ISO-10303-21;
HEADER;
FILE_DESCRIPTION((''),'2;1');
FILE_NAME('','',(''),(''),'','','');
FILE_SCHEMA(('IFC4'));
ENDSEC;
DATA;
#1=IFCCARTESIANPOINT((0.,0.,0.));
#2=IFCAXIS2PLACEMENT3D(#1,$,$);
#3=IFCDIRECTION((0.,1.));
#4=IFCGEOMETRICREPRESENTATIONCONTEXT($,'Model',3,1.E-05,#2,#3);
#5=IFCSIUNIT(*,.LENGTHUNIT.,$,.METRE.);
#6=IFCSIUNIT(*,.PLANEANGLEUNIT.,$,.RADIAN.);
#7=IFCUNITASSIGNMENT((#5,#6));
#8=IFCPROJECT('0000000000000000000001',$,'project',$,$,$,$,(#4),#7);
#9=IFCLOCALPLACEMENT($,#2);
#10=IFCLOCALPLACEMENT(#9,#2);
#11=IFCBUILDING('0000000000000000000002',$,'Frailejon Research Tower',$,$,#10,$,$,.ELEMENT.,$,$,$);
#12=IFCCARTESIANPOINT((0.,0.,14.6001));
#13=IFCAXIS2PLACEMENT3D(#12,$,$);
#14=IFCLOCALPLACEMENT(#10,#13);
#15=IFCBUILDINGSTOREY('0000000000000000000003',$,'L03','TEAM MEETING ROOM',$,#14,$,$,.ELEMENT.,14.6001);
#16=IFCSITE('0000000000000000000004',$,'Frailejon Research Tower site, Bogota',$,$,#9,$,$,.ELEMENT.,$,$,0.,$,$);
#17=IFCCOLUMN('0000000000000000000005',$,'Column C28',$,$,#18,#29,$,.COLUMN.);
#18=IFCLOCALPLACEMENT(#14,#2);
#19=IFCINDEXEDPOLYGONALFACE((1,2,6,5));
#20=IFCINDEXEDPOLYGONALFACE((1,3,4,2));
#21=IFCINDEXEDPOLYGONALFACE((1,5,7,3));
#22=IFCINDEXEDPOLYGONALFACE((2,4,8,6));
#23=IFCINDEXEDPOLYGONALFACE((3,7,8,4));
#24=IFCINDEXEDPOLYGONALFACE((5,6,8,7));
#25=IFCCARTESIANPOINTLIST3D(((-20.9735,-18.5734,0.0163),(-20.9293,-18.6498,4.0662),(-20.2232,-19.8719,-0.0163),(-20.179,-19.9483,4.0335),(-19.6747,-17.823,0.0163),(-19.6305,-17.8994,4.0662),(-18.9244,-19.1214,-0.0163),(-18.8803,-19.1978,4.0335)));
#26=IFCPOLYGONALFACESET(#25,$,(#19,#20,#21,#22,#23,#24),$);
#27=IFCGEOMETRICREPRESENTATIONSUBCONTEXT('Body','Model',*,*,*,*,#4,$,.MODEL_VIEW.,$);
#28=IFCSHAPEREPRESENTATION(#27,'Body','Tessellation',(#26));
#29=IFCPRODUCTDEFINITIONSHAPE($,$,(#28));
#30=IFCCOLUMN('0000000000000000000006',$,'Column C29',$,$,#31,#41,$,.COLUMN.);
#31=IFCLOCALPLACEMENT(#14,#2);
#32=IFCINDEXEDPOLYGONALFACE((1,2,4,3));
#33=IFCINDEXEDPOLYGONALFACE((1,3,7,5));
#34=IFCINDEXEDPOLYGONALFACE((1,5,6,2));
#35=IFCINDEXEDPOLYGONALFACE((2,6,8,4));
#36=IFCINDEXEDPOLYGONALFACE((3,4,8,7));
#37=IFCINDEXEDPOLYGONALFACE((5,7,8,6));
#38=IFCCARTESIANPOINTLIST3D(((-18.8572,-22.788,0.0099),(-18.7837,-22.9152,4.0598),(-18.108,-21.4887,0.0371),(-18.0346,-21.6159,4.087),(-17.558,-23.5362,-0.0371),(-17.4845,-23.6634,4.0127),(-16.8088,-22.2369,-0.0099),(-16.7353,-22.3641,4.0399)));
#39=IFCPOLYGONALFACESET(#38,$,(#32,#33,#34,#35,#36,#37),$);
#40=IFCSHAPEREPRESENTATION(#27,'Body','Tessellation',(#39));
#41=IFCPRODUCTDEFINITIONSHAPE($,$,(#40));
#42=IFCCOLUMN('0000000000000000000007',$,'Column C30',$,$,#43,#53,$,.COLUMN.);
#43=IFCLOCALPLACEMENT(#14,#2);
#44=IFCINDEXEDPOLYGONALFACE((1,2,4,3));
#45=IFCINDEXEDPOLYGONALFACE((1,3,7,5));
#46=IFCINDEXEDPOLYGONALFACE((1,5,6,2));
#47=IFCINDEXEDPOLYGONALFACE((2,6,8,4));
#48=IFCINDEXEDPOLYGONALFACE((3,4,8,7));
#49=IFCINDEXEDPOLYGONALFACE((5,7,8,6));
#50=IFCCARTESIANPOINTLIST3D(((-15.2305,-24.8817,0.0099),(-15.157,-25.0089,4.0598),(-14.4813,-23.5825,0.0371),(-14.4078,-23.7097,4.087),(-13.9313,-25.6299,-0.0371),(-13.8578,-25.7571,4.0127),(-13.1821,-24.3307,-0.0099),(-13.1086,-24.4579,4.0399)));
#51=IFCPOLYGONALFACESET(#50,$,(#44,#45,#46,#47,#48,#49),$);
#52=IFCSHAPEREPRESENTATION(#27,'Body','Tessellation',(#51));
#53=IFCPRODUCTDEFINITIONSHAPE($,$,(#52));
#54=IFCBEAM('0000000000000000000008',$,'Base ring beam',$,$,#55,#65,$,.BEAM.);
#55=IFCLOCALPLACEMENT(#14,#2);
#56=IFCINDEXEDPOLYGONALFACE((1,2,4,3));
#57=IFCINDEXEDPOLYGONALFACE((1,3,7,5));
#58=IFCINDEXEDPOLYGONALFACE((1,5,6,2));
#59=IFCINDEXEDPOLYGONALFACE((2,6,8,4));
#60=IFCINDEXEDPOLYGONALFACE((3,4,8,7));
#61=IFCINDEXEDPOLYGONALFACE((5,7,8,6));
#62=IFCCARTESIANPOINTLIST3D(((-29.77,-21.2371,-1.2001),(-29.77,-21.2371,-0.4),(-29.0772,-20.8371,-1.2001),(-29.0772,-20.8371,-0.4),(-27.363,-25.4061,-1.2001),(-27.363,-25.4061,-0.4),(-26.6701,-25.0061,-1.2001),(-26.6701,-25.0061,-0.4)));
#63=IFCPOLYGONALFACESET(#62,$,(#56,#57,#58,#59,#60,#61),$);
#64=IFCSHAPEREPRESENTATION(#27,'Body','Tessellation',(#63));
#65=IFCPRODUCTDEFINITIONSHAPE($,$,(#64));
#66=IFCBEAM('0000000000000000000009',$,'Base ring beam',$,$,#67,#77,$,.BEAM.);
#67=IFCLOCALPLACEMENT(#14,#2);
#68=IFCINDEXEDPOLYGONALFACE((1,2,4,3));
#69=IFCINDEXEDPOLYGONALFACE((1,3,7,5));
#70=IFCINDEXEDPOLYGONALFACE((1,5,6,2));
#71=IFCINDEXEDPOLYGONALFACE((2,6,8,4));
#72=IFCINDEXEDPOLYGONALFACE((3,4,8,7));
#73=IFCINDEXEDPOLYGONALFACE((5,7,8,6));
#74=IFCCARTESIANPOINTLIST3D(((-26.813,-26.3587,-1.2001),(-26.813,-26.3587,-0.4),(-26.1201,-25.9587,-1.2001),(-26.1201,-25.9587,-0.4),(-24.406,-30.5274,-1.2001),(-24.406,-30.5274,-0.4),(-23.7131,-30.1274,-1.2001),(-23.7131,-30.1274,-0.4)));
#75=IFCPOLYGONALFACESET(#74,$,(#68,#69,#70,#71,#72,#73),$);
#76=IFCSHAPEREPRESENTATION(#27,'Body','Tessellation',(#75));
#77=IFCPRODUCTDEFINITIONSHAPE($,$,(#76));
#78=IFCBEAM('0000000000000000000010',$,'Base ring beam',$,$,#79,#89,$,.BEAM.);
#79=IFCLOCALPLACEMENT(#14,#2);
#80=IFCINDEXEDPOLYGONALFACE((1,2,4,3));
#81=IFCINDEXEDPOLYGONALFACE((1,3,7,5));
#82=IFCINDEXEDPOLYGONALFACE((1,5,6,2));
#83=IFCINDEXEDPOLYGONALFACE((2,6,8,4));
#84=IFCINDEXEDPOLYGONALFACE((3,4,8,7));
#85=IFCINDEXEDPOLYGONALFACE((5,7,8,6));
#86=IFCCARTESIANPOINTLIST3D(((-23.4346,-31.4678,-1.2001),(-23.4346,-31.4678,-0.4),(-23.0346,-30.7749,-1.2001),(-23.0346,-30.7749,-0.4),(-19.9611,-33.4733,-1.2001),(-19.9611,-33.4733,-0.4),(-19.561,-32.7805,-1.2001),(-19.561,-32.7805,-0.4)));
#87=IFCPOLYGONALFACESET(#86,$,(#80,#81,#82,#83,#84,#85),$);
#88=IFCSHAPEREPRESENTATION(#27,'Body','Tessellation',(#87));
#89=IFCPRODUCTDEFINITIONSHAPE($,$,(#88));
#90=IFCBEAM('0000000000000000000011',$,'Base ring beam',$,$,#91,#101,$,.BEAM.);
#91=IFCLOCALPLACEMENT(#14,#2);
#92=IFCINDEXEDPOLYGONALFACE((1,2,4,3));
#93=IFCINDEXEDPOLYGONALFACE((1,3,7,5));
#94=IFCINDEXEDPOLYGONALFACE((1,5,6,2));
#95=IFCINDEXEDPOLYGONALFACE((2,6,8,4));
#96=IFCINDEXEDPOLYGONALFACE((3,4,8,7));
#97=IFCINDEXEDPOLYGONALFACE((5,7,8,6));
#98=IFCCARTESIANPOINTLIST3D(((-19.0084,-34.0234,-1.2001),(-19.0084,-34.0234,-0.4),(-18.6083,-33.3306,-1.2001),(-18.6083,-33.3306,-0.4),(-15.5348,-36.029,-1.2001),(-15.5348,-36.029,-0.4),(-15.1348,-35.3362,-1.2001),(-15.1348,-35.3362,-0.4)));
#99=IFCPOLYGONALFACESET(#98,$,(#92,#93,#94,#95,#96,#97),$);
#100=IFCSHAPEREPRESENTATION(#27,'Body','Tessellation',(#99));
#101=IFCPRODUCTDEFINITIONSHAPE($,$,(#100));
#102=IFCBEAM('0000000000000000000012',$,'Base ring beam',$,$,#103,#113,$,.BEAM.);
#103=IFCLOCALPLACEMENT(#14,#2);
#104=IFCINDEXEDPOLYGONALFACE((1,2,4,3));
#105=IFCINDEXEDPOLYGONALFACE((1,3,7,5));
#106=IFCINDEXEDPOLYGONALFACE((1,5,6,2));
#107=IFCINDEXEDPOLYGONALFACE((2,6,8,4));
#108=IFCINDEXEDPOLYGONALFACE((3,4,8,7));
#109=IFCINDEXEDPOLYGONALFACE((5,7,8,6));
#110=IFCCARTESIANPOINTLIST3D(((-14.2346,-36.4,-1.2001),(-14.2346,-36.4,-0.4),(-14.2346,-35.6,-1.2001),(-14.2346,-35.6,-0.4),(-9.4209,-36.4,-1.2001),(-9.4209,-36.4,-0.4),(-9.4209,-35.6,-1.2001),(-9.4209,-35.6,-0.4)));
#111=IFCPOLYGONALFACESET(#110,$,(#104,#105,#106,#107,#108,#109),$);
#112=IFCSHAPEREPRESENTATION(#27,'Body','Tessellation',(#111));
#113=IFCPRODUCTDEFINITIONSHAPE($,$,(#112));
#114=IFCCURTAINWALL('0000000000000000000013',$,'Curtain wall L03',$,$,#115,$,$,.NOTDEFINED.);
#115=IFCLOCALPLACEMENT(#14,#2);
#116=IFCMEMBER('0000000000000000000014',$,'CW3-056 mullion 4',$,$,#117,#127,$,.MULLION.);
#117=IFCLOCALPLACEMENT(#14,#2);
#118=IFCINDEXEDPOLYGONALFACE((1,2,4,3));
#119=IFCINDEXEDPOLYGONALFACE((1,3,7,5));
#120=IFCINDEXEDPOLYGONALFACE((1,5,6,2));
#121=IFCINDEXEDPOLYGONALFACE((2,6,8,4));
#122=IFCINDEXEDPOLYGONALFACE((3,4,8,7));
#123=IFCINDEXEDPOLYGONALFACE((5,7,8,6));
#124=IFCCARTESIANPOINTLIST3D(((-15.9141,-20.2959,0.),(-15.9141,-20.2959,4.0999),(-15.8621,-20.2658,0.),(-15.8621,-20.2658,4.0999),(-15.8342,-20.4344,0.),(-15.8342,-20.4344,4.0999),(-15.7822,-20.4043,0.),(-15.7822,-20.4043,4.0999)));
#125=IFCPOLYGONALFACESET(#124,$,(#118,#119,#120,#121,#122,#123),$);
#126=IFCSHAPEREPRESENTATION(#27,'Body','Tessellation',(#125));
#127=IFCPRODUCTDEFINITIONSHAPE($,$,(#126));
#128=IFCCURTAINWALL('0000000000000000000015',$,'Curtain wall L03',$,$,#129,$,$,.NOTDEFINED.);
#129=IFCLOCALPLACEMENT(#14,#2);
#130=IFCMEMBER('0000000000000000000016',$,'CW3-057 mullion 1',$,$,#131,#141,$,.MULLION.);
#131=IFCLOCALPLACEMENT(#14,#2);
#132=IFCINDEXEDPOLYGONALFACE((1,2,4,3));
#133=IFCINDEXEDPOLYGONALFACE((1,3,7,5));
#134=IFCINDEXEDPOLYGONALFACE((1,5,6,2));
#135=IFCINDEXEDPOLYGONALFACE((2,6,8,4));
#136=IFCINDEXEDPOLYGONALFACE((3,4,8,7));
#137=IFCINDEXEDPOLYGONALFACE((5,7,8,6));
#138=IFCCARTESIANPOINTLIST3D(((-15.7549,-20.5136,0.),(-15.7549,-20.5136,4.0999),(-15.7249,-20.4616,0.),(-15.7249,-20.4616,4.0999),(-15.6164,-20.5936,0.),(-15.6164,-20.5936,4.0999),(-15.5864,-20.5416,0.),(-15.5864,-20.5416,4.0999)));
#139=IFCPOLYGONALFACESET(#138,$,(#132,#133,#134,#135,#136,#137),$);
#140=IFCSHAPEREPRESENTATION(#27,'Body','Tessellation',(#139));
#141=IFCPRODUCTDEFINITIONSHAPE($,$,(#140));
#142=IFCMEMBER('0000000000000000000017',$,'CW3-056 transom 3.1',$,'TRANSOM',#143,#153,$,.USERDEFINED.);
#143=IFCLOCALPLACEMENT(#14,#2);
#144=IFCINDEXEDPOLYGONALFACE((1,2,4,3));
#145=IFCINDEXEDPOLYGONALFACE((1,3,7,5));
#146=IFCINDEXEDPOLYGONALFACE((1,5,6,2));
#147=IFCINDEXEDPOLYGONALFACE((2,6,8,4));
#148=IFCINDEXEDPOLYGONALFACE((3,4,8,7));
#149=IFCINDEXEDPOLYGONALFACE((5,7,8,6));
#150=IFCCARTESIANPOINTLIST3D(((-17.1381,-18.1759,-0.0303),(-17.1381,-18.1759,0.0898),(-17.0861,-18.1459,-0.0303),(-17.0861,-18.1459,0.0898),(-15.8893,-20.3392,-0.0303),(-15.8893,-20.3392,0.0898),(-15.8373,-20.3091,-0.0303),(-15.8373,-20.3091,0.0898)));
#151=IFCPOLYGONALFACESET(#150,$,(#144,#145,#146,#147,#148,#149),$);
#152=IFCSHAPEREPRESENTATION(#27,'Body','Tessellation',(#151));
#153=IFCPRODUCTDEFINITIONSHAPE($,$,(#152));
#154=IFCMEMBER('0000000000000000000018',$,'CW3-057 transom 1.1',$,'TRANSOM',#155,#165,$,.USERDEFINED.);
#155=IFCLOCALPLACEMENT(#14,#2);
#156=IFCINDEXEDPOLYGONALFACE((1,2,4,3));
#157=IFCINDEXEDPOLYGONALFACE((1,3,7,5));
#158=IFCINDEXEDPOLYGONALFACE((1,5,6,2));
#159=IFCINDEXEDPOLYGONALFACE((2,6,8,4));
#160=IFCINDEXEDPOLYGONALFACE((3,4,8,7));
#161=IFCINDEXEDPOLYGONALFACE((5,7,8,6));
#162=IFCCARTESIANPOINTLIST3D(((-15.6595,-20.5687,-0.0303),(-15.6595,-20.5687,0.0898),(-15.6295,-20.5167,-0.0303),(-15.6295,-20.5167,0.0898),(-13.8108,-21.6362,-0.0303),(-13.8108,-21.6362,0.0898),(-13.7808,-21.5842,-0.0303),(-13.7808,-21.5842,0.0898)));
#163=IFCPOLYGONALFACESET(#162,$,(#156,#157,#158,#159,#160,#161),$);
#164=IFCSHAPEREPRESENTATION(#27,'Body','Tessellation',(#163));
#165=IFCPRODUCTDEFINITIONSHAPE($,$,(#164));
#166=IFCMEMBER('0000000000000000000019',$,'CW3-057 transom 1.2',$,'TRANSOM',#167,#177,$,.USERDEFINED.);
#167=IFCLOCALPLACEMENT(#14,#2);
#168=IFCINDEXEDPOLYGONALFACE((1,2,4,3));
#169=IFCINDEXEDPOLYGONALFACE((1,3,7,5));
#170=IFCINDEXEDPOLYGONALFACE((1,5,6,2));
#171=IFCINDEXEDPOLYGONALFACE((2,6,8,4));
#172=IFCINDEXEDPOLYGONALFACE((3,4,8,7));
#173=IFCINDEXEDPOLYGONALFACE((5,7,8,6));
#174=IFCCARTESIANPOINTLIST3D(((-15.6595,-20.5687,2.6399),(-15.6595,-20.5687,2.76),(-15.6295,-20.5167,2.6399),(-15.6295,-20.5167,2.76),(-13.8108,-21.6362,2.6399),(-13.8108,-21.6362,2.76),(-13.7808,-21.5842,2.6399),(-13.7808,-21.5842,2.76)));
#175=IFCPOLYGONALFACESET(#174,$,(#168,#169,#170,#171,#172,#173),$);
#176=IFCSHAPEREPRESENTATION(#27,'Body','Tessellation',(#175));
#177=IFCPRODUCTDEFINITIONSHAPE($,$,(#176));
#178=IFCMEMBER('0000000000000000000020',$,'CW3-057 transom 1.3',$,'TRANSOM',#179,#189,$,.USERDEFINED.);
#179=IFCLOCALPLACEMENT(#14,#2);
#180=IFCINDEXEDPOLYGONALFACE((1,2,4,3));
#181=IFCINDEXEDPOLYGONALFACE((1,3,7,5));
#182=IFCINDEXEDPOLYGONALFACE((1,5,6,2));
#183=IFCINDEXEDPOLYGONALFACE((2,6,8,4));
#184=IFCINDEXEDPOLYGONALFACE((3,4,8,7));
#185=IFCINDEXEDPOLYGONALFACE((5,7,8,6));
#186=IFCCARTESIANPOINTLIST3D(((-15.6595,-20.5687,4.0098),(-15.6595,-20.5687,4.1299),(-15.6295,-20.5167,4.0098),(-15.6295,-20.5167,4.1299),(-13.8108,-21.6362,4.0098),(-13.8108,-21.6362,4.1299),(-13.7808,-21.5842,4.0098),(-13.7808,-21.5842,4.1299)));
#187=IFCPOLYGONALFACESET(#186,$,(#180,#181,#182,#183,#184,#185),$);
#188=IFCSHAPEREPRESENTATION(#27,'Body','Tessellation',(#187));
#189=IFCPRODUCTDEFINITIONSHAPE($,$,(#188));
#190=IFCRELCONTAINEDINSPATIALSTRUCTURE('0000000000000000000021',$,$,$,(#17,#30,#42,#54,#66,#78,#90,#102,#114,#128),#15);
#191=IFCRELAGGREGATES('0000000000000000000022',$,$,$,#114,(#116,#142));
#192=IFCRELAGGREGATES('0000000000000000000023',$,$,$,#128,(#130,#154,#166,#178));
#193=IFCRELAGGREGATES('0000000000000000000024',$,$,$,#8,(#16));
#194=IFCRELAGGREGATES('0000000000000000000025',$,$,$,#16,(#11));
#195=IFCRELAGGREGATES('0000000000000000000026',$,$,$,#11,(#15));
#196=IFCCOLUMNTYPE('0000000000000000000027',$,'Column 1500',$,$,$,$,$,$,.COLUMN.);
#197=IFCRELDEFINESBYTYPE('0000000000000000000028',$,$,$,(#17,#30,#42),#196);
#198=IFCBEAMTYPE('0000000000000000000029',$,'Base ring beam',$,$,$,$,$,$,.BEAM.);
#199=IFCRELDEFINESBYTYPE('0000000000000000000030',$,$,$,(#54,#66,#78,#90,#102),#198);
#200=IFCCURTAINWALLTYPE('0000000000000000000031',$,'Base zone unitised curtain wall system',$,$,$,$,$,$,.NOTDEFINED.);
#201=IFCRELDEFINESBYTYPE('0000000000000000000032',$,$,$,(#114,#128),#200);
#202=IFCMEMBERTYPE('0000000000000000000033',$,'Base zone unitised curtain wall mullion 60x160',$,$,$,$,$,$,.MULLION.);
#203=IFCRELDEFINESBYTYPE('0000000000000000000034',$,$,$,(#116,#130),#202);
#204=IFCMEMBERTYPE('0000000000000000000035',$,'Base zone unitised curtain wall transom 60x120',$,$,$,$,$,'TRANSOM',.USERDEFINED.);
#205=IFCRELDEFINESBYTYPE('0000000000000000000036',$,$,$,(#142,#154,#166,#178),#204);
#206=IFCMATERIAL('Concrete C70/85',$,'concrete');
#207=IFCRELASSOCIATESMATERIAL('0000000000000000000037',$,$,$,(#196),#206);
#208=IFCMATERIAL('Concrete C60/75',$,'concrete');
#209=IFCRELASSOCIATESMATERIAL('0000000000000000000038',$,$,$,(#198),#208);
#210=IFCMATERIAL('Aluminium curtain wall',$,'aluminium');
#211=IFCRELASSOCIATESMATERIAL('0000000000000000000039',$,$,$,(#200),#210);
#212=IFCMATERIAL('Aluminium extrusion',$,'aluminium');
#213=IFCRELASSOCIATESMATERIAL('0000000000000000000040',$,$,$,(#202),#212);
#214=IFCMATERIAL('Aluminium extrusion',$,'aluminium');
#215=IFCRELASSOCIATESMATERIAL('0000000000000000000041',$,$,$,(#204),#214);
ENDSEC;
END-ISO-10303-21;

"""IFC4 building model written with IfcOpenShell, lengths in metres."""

from ifc_helpers import new_model, si_unit, direction, frame, origin, origin_2d, place, context, subcontext, project, spatial, rectangle, extrude, material, material_profile, profile_set, type_object, element, aggregate, save


model = new_model("IFC4")

# Units and contexts
model_context = context("Model", 3, precision=1e-05, world=origin(), true_north=direction((0.0, 1.0)))
body_context = subcontext(model_context, "Body", "Model", "MODEL_VIEW")
ifc_project = project(units=[si_unit("LENGTHUNIT", "METRE"), si_unit("PLANEANGLEUNIT", "RADIAN")], contexts=[model_context])

# Site, building, storey
site_placement = place(None, origin())
site = spatial("IfcSite", under=ifc_project, at=site_placement, Name="Frailejon Research Tower site, Bogota", CompositionType="ELEMENT", RefElevation=0.0)
building_placement = place(site_placement, origin())
building = spatial("IfcBuilding", under=site, at=building_placement, Name="Frailejon Research Tower", CompositionType="ELEMENT")
storey_placement = place(building_placement, frame((0.0, 0.0, 14.6001)))
storey = spatial("IfcBuildingStorey", under=building, at=storey_placement, Name="L03", Description="TEAM MEETING ROOM", CompositionType="ELEMENT", Elevation=14.6001)

# Columns
ifc_material_1 = material(Name="Concrete C70/85", Category="concrete")
ifc_material_profile_1 = material_profile(ifc_material_1, rectangle(XDim=1.5, YDim=1.5, at=origin_2d()), Name="Column 1500")
ifc_profile_set_1 = profile_set([ifc_material_profile_1], Name="Concrete C70/85")
column_type = type_object("IfcColumnType", Name="Column 1500", PredefinedType="COLUMN", material=ifc_profile_set_1)
column_placement = place(storey_placement, frame((-19.949, -18.8474, 0.0), z_axis=(0.010909, -0.018865, 0.999763), x_axis=(0.500187, -0.865643, -0.021792)))
element("IfcColumn", 1, at=column_placement, inside=storey, type_object=column_type, Name="Column C28", PredefinedType="COLUMN", context=body_context, shape_type="SweptSolid", body=[
    extrude(rectangle(XDim=1.5, YDim=1.5, at=origin_2d()), origin(), (0.0, 0.0, 1.0), 4.0508),
])
for number, where, z_axis, x_axis, name in (
    (2, (-17.833, -22.5125, 0.0), (0.018134, -0.031388, 0.999343), (0.866156, -0.498787, -0.031383), "Column C29"),
    (3, (-14.2063, -24.6062, 0.0), (0.018134, -0.031388, 0.999343), (0.866156, -0.498787, -0.031383), "Column C30"),
):
    element("IfcColumn", number, at=place(storey_placement, frame(where, z_axis=z_axis, x_axis=x_axis)), inside=storey, type_object=column_type, Name=name, PredefinedType="COLUMN", context=body_context, shape_type="SweptSolid", body=[
        extrude(rectangle(XDim=1.5, YDim=1.5, at=origin_2d()), origin(), (0.0, 0.0, 1.0), 4.0525),
    ])

# Beams
ifc_material_2 = material(Name="Concrete C60/75", Category="concrete")
ifc_material_profile_2 = material_profile(ifc_material_2, rectangle(XDim=0.8, YDim=0.8, at=origin_2d()), Name="Base ring beam")
ifc_profile_set_2 = profile_set([ifc_material_profile_2], Name="Concrete C60/75")
beam_type_1 = type_object("IfcBeamType", Name="Base ring beam", PredefinedType="BEAM", material=ifc_profile_set_2)
beam_1_placement = place(storey_placement, frame((-29.4236, -21.0371, -0.8), z_axis=(0.500006, -0.866022, 0.0), x_axis=(0.866022, 0.500006, 0.0)))
element("IfcBeam", 4, at=beam_1_placement, inside=storey, type_object=beam_type_1, Name="Base ring beam", PredefinedType="BEAM", context=body_context, shape_type="SweptSolid", body=[
    extrude(rectangle(XDim=0.8, YDim=0.8, at=origin_2d()), origin(), (0.0, 0.0, 1.0), 4.814),
])
beam_2_placement = place(storey_placement, frame((-26.4666, -26.1587, -0.8), z_axis=(0.500028, -0.866009, 0.0), x_axis=(0.866009, 0.500028, 0.0)))
element("IfcBeam", 5, at=beam_2_placement, inside=storey, type_object=beam_type_1, Name="Base ring beam", PredefinedType="BEAM", context=body_context, shape_type="SweptSolid", body=[
    extrude(rectangle(XDim=0.8, YDim=0.8, at=origin_2d()), origin(), (0.0, 0.0, 1.0), 4.8137),
])
for number, where, z_axis, x_axis, name in (
    (6, (-23.2346, -31.1213, -0.8), (0.866013, -0.500021, 0.0), (0.500021, 0.866013, 0.0), "Base ring beam"),
    (7, (-18.8083, -33.677, -0.8), (0.866013, -0.500021, 0.0), (0.500021, 0.866013, 0.0), "Base ring beam"),
):
    element("IfcBeam", number, at=place(storey_placement, frame(where, z_axis=z_axis, x_axis=x_axis)), inside=storey, type_object=beam_type_1, Name=name, PredefinedType="BEAM", context=body_context, shape_type="SweptSolid", body=[
        extrude(rectangle(XDim=0.8, YDim=0.8, at=origin_2d()), origin(), (0.0, 0.0, 1.0), 4.011),
    ])
beam_3_placement = place(storey_placement, frame((-14.2346, -36.0, -0.8), z_axis=(1.0, 0.0, 0.0), x_axis=(0.0, 1.0, 0.0)))
element("IfcBeam", 8, at=beam_3_placement, inside=storey, type_object=beam_type_1, Name="Base ring beam", PredefinedType="BEAM", context=body_context, shape_type="SweptSolid", body=[
    extrude(rectangle(XDim=0.8, YDim=0.8, at=origin_2d()), origin(), (0.0, 0.0, 1.0), 4.8137),
])

# Curtain walls, members
ifc_material_3 = material(Name="Aluminium curtain wall", Category="aluminium")
curtain_wall_type = type_object("IfcCurtainWallType", Name="Base zone unitised curtain wall system", PredefinedType="NOTDEFINED", material=ifc_material_3)
curtain_wall_1_placement = place(storey_placement, origin())
curtain_wall_1 = element("IfcCurtainWall", 9, at=curtain_wall_1_placement, inside=storey, type_object=curtain_wall_type, Name="Curtain wall L03", PredefinedType="NOTDEFINED")
ifc_material_4 = material(Name="Aluminium extrusion", Category="aluminium")
ifc_material_profile_3 = material_profile(ifc_material_4, rectangle(XDim=0.0601, YDim=0.1599, at=origin_2d()), Name="Base zone unitised curtain wall mullion 60x160")
ifc_profile_set_3 = profile_set([ifc_material_profile_3], Name="Aluminium extrusion")
member_type_1 = type_object("IfcMemberType", Name="Base zone unitised curtain wall mullion 60x160", PredefinedType="MULLION", material=ifc_profile_set_3)
member_1_placement = place(storey_placement, frame((-15.8481, -20.3501, 0.0), z_axis=(0.0, 0.0, 1.0), x_axis=(0.866029, 0.499993, 0.0)))
member_1 = element("IfcMember", 10, at=member_1_placement, type_object=member_type_1, Name="CW3-056 mullion 4", PredefinedType="MULLION", context=body_context, shape_type="SweptSolid", body=[
    extrude(rectangle(XDim=0.0601, YDim=0.1599, at=origin_2d()), origin(), (0.0, 0.0, 1.0), 4.0999),
])
curtain_wall_2_placement = place(storey_placement, origin())
curtain_wall_2 = element("IfcCurtainWall", 11, at=curtain_wall_2_placement, inside=storey, type_object=curtain_wall_type, Name="Curtain wall L03", PredefinedType="NOTDEFINED")
member_2_placement = place(storey_placement, frame((-15.6707, -20.5276, 0.0), z_axis=(0.0, 0.0, 1.0), x_axis=(0.499998, 0.866026, 0.0)))
member_2 = element("IfcMember", 12, at=member_2_placement, type_object=member_type_1, Name="CW3-057 mullion 1", PredefinedType="MULLION", context=body_context, shape_type="SweptSolid", body=[
    extrude(rectangle(XDim=0.0601, YDim=0.1599, at=origin_2d()), origin(), (0.0, 0.0, 1.0), 4.0999),
])

# Members
ifc_material_5 = material(Name="Aluminium extrusion", Category="aluminium")
ifc_material_profile_4 = material_profile(ifc_material_5, rectangle(XDim=0.0601, YDim=0.1201, at=origin_2d()), Name="Base zone unitised curtain wall transom 60x120")
ifc_profile_set_4 = profile_set([ifc_material_profile_4], Name="Aluminium extrusion")
member_type_2 = type_object("IfcMemberType", Name="Base zone unitised curtain wall transom 60x120", ElementType="TRANSOM", PredefinedType="USERDEFINED", material=ifc_profile_set_4)
member_3_placement = place(storey_placement, frame((-17.1121, -18.1609, 0.0298), z_axis=(0.499934, -0.866064, 0.0), x_axis=(0.866064, 0.499934, 0.0)))
member_3 = element("IfcMember", 13, at=member_3_placement, type_object=member_type_2, Name="CW3-056 transom 3.1", ObjectType="TRANSOM", PredefinedType="USERDEFINED", context=body_context, shape_type="SweptSolid", body=[
    extrude(rectangle(XDim=0.0601, YDim=0.1201, at=origin_2d()), origin(), (0.0, 0.0, 1.0), 2.4978),
])
member_4_placement = place(storey_placement, frame((-15.6445, -20.5427, 0.0298), z_axis=(0.86601, -0.500026, 0.0), x_axis=(0.500026, 0.86601, 0.0)))
member_4 = element("IfcMember", 14, at=member_4_placement, type_object=member_type_2, Name="CW3-057 transom 1.1", ObjectType="TRANSOM", PredefinedType="USERDEFINED", context=body_context, shape_type="SweptSolid", body=[
    extrude(rectangle(XDim=0.0601, YDim=0.1201, at=origin_2d()), origin(), (0.0, 0.0, 1.0), 2.1348),
])
member_5_placement = place(storey_placement, frame((-15.6445, -20.5427, 2.7), z_axis=(0.86601, -0.500026, 0.0), x_axis=(0.500026, 0.86601, 0.0)))
member_5 = element("IfcMember", 15, at=member_5_placement, type_object=member_type_2, Name="CW3-057 transom 1.2", ObjectType="TRANSOM", PredefinedType="USERDEFINED", context=body_context, shape_type="SweptSolid", body=[
    extrude(rectangle(XDim=0.0601, YDim=0.1201, at=origin_2d()), origin(), (0.0, 0.0, 1.0), 2.1348),
])
member_6_placement = place(storey_placement, frame((-15.6445, -20.5427, 4.0698), z_axis=(0.86601, -0.500026, 0.0), x_axis=(0.500026, 0.86601, 0.0)))
member_6 = element("IfcMember", 16, at=member_6_placement, type_object=member_type_2, Name="CW3-057 transom 1.3", ObjectType="TRANSOM", PredefinedType="USERDEFINED", context=body_context, shape_type="SweptSolid", body=[
    extrude(rectangle(XDim=0.0601, YDim=0.1201, at=origin_2d()), origin(), (0.0, 0.0, 1.0), 2.1348),
])

aggregate(curtain_wall_1, [member_1, member_3])
aggregate(curtain_wall_2, [member_2, member_4, member_5, member_6])

save(model, "model.ifc")
